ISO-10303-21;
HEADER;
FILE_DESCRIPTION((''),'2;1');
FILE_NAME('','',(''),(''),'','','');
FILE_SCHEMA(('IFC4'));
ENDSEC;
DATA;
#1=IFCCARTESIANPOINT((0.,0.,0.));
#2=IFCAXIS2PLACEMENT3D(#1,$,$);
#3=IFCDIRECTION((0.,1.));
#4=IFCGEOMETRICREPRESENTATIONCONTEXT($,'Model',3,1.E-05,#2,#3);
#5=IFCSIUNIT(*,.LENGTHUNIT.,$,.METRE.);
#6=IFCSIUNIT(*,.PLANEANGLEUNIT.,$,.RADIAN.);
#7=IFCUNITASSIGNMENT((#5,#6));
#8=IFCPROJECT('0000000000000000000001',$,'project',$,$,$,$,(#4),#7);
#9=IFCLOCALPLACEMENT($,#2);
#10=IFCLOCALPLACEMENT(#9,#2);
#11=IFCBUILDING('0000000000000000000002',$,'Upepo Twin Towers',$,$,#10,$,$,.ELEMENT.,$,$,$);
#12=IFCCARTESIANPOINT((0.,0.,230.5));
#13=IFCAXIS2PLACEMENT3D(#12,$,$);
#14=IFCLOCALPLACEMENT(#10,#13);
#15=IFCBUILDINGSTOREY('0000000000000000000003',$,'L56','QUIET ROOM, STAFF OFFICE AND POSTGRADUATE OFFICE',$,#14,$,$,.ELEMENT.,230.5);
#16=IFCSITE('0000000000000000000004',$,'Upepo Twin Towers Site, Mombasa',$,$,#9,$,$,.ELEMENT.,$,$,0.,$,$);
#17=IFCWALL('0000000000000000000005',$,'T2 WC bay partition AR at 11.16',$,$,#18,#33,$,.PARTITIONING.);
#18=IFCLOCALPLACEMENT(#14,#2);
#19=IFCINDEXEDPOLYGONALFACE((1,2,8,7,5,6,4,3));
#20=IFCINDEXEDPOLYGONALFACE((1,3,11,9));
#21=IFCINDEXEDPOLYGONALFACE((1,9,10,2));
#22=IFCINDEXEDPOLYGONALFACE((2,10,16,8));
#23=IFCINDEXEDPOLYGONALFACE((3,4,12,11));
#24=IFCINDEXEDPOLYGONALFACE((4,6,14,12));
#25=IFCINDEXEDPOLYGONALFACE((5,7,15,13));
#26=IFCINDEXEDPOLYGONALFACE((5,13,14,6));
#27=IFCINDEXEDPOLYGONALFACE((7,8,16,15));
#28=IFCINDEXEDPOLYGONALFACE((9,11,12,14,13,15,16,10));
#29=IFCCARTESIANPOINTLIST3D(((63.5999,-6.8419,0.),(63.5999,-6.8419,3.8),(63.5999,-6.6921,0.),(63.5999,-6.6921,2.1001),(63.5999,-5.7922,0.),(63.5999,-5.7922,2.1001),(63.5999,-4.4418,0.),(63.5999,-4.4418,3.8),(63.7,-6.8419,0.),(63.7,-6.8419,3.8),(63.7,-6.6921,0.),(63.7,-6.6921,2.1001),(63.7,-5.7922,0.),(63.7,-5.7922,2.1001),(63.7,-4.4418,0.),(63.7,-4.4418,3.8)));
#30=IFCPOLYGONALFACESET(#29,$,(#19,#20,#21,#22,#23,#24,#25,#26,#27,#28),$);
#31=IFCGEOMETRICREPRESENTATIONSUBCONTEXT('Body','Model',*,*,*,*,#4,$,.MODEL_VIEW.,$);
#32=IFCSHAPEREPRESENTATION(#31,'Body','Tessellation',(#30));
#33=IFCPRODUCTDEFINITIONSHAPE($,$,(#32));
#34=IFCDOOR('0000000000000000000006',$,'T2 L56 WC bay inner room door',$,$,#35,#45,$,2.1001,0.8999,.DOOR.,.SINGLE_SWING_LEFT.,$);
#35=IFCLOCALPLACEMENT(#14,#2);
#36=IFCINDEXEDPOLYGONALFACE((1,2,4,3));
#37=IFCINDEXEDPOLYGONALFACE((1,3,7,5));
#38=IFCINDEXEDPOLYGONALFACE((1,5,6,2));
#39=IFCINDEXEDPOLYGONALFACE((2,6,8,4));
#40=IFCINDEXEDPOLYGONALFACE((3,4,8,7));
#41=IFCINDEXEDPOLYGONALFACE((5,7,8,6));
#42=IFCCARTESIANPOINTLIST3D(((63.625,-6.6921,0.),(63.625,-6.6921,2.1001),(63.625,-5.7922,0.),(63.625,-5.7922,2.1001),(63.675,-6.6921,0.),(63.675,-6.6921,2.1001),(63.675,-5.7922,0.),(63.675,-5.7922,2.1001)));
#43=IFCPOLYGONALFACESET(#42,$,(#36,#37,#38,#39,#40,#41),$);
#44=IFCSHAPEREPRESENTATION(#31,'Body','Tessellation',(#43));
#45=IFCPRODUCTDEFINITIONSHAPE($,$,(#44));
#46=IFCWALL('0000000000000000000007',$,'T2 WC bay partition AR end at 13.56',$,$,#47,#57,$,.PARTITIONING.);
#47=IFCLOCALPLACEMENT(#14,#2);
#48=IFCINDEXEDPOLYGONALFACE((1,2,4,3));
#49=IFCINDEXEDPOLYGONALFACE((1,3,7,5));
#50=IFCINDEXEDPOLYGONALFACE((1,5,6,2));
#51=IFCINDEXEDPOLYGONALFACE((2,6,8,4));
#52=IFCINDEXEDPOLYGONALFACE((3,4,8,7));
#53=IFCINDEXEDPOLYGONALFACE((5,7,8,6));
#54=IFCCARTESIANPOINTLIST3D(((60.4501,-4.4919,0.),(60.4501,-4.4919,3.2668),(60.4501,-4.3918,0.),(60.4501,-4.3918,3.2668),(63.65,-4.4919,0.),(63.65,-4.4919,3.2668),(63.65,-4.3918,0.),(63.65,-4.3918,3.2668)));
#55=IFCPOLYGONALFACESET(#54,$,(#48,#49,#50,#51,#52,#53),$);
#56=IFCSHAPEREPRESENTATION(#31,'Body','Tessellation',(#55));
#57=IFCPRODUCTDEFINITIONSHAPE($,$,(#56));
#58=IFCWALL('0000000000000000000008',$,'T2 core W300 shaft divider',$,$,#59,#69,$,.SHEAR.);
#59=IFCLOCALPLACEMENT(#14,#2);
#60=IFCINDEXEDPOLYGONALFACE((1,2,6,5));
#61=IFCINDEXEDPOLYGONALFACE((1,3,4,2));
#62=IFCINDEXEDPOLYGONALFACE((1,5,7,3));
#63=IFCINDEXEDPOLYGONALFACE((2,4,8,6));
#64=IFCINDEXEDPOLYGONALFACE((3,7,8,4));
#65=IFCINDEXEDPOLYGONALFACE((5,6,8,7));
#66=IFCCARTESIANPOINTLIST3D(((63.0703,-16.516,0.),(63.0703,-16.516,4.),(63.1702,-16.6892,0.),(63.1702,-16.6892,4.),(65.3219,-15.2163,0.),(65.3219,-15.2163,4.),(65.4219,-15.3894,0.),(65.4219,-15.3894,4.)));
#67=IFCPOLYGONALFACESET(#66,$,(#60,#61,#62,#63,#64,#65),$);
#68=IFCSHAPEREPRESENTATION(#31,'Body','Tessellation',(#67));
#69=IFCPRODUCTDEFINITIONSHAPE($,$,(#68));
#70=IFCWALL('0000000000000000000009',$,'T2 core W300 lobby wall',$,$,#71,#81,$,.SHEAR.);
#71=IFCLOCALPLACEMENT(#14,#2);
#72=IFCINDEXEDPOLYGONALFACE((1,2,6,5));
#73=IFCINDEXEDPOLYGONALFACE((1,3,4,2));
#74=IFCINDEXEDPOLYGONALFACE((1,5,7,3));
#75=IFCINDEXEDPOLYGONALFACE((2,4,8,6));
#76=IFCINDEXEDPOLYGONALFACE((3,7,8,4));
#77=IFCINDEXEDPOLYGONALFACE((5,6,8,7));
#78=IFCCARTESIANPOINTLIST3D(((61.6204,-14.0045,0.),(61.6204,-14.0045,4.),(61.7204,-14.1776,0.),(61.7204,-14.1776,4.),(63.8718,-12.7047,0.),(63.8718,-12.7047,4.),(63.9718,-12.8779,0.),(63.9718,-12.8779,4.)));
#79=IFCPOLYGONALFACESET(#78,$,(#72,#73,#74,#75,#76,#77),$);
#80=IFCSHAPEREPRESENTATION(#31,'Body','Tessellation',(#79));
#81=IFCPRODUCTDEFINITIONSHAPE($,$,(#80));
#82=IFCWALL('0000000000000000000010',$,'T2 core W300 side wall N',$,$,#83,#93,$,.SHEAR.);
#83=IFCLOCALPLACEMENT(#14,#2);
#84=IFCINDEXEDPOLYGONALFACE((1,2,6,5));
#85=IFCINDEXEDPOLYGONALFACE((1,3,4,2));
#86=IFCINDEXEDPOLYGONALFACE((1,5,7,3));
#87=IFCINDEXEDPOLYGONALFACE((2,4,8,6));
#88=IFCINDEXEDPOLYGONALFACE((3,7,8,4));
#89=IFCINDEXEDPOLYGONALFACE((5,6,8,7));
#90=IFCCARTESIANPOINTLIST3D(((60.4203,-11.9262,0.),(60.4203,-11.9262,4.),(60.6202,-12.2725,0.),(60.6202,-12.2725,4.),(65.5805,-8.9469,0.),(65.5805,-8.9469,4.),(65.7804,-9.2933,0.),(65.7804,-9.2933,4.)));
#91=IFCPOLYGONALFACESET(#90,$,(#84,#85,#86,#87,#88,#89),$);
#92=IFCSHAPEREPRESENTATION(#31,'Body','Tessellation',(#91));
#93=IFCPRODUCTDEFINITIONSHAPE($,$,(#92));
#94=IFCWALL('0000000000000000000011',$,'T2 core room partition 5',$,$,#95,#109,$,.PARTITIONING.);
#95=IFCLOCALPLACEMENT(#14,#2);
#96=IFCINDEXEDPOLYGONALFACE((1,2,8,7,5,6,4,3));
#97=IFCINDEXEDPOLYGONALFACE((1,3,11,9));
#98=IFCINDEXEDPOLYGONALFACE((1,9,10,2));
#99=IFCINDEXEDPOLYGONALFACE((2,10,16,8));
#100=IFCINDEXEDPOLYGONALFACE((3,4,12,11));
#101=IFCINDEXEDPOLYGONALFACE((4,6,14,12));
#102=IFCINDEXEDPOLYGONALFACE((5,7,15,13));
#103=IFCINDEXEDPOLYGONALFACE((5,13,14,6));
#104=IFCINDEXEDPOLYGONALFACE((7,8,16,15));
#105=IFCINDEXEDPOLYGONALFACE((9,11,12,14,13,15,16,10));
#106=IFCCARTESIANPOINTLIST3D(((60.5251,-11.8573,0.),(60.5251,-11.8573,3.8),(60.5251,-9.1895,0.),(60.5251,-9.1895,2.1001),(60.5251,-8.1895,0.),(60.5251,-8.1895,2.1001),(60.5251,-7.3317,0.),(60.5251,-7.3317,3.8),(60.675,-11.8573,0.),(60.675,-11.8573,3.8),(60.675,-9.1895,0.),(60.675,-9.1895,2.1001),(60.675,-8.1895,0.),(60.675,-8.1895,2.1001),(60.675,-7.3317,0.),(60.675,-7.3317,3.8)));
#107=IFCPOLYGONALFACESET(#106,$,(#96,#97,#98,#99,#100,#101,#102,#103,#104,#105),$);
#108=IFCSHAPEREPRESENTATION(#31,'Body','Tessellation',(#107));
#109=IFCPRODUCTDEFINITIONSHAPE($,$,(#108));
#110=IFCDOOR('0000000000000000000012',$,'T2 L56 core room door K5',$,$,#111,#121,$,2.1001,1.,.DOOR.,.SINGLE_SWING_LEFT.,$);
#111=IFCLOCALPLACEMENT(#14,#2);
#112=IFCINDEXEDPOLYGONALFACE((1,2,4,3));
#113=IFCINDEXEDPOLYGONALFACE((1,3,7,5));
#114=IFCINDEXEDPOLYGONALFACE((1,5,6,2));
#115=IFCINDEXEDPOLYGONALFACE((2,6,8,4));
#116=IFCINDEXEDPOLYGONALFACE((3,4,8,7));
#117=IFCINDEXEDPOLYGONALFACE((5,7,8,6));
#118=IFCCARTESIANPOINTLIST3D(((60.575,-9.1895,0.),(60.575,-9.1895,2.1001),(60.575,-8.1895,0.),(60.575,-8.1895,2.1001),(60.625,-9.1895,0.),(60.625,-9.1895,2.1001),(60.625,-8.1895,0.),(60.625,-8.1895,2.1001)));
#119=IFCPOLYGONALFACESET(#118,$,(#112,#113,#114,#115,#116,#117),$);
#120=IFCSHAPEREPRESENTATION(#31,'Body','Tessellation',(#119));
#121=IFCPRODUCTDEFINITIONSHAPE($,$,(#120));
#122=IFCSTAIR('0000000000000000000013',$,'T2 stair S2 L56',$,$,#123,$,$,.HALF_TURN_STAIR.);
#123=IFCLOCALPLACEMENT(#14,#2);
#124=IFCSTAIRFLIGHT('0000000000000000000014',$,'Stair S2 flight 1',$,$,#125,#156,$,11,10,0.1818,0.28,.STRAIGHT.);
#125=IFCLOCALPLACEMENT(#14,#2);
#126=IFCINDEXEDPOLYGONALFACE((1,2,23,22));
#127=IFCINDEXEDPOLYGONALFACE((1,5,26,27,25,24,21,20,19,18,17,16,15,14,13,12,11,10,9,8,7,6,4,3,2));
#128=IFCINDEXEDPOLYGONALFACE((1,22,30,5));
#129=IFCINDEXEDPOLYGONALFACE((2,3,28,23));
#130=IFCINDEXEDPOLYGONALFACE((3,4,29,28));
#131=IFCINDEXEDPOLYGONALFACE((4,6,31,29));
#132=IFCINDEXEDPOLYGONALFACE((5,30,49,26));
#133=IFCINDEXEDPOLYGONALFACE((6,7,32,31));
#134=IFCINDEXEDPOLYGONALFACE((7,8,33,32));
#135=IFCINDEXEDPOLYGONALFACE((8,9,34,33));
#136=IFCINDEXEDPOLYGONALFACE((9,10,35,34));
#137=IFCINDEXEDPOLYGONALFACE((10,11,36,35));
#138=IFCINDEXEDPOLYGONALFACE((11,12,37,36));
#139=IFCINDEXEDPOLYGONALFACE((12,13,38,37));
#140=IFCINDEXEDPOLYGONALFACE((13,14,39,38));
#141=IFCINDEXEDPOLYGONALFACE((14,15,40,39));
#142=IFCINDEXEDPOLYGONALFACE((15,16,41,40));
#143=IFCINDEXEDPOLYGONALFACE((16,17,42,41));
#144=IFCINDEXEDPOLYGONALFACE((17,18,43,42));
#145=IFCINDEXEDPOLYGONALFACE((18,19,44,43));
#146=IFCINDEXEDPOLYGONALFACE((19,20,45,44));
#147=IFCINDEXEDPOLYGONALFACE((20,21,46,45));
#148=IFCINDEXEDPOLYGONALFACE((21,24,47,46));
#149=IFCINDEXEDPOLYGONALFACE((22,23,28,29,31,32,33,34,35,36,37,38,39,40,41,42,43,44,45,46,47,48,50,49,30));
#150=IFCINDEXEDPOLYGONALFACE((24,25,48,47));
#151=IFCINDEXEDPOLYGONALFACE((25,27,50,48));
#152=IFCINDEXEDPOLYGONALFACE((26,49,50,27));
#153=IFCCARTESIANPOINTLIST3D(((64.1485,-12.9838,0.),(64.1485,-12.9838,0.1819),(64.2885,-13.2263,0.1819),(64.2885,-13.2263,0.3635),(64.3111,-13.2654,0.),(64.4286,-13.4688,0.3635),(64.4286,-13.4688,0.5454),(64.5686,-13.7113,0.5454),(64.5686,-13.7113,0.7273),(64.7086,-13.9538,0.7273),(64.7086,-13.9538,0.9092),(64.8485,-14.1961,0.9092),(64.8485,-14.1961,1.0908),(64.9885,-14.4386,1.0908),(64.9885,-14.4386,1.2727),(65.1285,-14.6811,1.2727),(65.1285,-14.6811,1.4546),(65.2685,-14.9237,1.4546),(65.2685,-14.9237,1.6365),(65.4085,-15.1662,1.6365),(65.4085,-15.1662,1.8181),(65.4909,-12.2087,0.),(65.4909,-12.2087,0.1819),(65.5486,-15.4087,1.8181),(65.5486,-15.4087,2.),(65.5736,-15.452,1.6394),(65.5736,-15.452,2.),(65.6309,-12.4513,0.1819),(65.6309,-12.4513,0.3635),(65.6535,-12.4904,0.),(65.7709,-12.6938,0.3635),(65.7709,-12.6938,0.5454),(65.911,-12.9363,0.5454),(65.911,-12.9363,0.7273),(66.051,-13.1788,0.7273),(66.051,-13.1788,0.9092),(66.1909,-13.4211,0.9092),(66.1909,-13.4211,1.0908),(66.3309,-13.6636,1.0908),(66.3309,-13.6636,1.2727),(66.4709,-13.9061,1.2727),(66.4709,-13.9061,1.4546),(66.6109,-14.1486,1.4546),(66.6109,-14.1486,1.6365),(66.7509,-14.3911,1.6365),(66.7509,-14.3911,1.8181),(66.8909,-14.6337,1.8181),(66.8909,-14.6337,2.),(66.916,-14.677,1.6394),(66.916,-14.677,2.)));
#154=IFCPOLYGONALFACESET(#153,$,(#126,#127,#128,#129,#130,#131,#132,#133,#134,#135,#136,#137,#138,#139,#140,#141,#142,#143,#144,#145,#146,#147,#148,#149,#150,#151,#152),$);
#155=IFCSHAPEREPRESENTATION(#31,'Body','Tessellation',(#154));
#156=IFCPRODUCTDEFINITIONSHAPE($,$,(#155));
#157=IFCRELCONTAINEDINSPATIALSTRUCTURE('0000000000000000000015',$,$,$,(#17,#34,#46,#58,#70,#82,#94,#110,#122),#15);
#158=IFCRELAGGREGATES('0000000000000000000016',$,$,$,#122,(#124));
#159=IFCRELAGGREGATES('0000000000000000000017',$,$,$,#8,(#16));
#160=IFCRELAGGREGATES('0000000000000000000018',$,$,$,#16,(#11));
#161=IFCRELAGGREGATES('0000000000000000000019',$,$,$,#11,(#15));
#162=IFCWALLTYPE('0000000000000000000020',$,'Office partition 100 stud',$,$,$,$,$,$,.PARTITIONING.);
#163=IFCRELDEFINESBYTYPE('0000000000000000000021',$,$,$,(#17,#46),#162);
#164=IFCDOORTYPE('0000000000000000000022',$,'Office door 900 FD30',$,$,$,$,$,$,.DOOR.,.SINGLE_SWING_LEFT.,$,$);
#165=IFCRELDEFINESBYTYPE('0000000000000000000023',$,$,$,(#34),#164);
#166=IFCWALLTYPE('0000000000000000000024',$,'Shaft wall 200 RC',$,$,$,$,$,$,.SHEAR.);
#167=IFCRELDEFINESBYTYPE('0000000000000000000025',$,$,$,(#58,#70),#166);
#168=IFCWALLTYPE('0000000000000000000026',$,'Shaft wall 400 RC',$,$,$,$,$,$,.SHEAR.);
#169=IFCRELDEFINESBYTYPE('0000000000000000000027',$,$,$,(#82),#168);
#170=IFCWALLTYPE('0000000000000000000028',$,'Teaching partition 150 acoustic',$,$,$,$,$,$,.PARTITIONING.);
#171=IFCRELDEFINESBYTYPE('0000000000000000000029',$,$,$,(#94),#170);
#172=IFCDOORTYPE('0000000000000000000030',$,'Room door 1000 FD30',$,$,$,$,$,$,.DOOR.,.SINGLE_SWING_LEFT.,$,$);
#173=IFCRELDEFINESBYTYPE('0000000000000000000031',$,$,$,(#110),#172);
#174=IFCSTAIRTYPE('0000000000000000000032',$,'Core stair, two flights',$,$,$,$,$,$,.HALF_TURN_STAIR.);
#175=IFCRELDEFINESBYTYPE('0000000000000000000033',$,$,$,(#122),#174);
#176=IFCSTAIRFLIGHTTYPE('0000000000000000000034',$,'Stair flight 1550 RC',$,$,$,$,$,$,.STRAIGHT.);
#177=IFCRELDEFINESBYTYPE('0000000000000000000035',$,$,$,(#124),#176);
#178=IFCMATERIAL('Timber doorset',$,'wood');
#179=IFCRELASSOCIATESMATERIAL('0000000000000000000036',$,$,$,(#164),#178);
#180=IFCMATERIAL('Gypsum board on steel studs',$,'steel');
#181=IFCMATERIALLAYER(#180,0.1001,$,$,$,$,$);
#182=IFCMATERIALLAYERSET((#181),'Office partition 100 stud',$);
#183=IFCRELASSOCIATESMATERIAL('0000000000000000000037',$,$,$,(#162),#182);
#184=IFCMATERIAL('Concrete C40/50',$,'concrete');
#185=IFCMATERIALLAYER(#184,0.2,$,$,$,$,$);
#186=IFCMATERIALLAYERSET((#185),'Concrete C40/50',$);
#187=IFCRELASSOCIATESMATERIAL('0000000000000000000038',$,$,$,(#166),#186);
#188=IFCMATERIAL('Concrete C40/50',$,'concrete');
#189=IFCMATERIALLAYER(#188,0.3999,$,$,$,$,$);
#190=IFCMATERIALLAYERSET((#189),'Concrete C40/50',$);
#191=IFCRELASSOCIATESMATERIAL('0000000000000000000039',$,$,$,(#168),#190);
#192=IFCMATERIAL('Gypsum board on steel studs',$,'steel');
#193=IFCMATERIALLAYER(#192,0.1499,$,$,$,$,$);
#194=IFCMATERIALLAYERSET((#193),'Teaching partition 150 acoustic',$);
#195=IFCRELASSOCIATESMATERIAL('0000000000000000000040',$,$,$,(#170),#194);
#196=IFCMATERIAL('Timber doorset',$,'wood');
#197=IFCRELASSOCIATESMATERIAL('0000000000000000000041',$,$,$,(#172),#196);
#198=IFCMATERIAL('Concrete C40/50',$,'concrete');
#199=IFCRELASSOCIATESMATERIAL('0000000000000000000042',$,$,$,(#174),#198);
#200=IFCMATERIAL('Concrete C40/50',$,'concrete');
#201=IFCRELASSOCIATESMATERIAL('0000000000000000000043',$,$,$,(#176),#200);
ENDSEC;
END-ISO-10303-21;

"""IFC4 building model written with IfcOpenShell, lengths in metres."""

from ifc_helpers import new_model, si_unit, direction, frame, frame_2d, origin, place, context, subcontext, project, spatial, polyline, rectangle, outline, extrude, material, layer, layer_set, type_object, element, fill, aggregate, save


model = new_model("IFC4")

# Units and contexts
model_context = context("Model", 3, precision=1e-05, world=origin(), true_north=direction((0.0, 1.0)))
body_context = subcontext(model_context, "Body", "Model", "MODEL_VIEW")
ifc_project = project(units=[si_unit("LENGTHUNIT", "METRE"), si_unit("PLANEANGLEUNIT", "RADIAN")], contexts=[model_context])

# Site, building, storey
site_placement = place(None, origin())
site = spatial("IfcSite", under=ifc_project, at=site_placement, Name="Upepo Twin Towers Site, Mombasa", CompositionType="ELEMENT", RefElevation=0.0)
building_placement = place(site_placement, origin())
building = spatial("IfcBuilding", under=site, at=building_placement, Name="Upepo Twin Towers", CompositionType="ELEMENT")
storey_placement = place(building_placement, frame((0.0, 0.0, 230.5)))
storey = spatial("IfcBuildingStorey", under=building, at=storey_placement, Name="L56", Description="QUIET ROOM, STAFF OFFICE AND POSTGRADUATE OFFICE", CompositionType="ELEMENT", Elevation=230.5)

# Shared definitions
ifc_material_1 = material(Name="Timber doorset", Category="wood")
door_type_1 = type_object("IfcDoorType", Name="Office door 900 FD30", OperationType="SINGLE_SWING_LEFT", PredefinedType="DOOR", material=ifc_material_1)

# Shared definitions
ifc_material_2 = material(Name="Gypsum board on steel studs", Category="steel")
ifc_layer_1 = layer(ifc_material_2, 0.1001)
ifc_layer_set_1 = layer_set([ifc_layer_1], Name="Office partition 100 stud")
wall_type_1 = type_object("IfcWallType", Name="Office partition 100 stud", PredefinedType="PARTITIONING", material=ifc_layer_set_1)

# Wall, opening, door
wall_1_placement = place(storey_placement, frame((63.6499, -6.842, 0.0), z_axis=(0.0, 0.0, 1.0), x_axis=(0.0, 1.0, 0.0)))
wall_1 = element("IfcWall", 1, at=wall_1_placement, inside=storey, type_object=wall_type_1, Name="T2 WC bay partition AR at 11.16", PredefinedType="PARTITIONING", context=body_context, shape_type="SweptSolid", body=[
    extrude(rectangle(XDim=2.4001, YDim=0.1001, at=frame_2d((1.2002, 0.0))), origin(), (0.0, 0.0, 1.0), 3.8),
])
opening_1_placement = place(wall_1_placement, frame((0.1499, 0.0, 0.0)))
opening_1 = element("IfcOpeningElement", 2, at=opening_1_placement, cuts=wall_1, PredefinedType="OPENING", context=body_context, shape_type="SweptSolid", body=[
    extrude(rectangle(XDim=0.8999, YDim=2.1001, at=frame_2d((0.45, 1.05))), frame((0.0, 0.0601, 0.0), z_axis=(0.0, -1.0, 0.0), x_axis=(1.0, 0.0, 0.0)), (0.0, 0.0, 1.0), 0.1201),
])
door_1_placement = place(opening_1_placement, origin())
door_1 = element("IfcDoor", 3, at=door_1_placement, inside=storey, type_object=door_type_1, Name="T2 L56 WC bay inner room door", OperationType="SINGLE_SWING_LEFT", OverallHeight=2.1001, OverallWidth=0.8999, PredefinedType="DOOR", context=body_context, shape_type="SweptSolid", body=[
    extrude(rectangle(XDim=0.8999, YDim=2.1001, at=frame_2d((0.45, 1.05))), frame((0.0, 0.0249, 0.0), z_axis=(0.0, -1.0, 0.0), x_axis=(1.0, 0.0, 0.0)), (0.0, 0.0, 1.0), 0.05),
])
fill(opening_1, door_1)

# Walls
wall_2_placement = place(storey_placement, frame((60.45, -4.4419, 0.0), z_axis=(0.0, 0.0, 1.0), x_axis=(1.0, 0.0, 0.0)))
element("IfcWall", 4, at=wall_2_placement, inside=storey, type_object=wall_type_1, Name="T2 WC bay partition AR end at 13.56", PredefinedType="PARTITIONING", context=body_context, shape_type="SweptSolid", body=[
    extrude(rectangle(XDim=3.2, YDim=0.1001, at=frame_2d((1.6001, 0.0))), origin(), (0.0, 0.0, 1.0), 3.2668),
])
ifc_material_3 = material(Name="Concrete C40/50", Category="concrete")
ifc_layer_2 = layer(ifc_material_3, 0.2)
ifc_layer_set_2 = layer_set([ifc_layer_2], Name="Concrete C40/50")
wall_type_2 = type_object("IfcWallType", Name="Shaft wall 200 RC", PredefinedType="SHEAR", material=ifc_layer_set_2)
wall_3_placement = place(storey_placement, frame((63.1204, -16.6025, 0.0), z_axis=(0.0, 0.0, 1.0), x_axis=(0.866062, 0.499937, 0.0)))
element("IfcWall", 5, at=wall_3_placement, inside=storey, type_object=wall_type_2, Name="T2 core W300 shaft divider", PredefinedType="SHEAR", context=body_context, shape_type="SweptSolid", body=[
    extrude(rectangle(XDim=2.5999, YDim=0.2, at=frame_2d((1.2998, 0.0))), origin(), (0.0, 0.0, 1.0), 4.0),
])
wall_4_placement = place(storey_placement, frame((61.6704, -14.0911, 0.0), z_axis=(0.0, 0.0, 1.0), x_axis=(0.866039, 0.499977, 0.0)))
element("IfcWall", 6, at=wall_4_placement, inside=storey, type_object=wall_type_2, Name="T2 core W300 lobby wall", PredefinedType="SHEAR", context=body_context, shape_type="SweptSolid", body=[
    extrude(rectangle(XDim=2.5996, YDim=0.2, at=frame_2d((1.2998, 0.0))), origin(), (0.0, 0.0, 1.0), 4.0),
])
ifc_material_4 = material(Name="Concrete C40/50", Category="concrete")
ifc_layer_3 = layer(ifc_material_4, 0.3999)
ifc_layer_set_3 = layer_set([ifc_layer_3], Name="Concrete C40/50")
wall_type_3 = type_object("IfcWallType", Name="Shaft wall 400 RC", PredefinedType="SHEAR", material=ifc_layer_set_3)
wall_5_placement = place(storey_placement, frame((60.5203, -12.0994, 0.0), z_axis=(0.0, 0.0, 1.0), x_axis=(0.866023, 0.500004, 0.0)))
element("IfcWall", 7, at=wall_5_placement, inside=storey, type_object=wall_type_3, Name="T2 core W300 side wall N", PredefinedType="SHEAR", context=body_context, shape_type="SweptSolid", body=[
    extrude(rectangle(XDim=5.9585, YDim=0.3999, at=frame_2d((2.9792, 0.0))), origin(), (0.0, 0.0, 1.0), 4.0),
])

# Wall, opening, door
ifc_material_5 = material(Name="Gypsum board on steel studs", Category="steel")
ifc_layer_4 = layer(ifc_material_5, 0.1499)
ifc_layer_set_4 = layer_set([ifc_layer_4], Name="Teaching partition 150 acoustic")
wall_type_4 = type_object("IfcWallType", Name="Teaching partition 150 acoustic", PredefinedType="PARTITIONING", material=ifc_layer_set_4)
wall_6_placement = place(storey_placement, frame((60.6001, -7.3318, 0.0), z_axis=(0.0, 0.0, 1.0), x_axis=(0.0, -1.0, 0.0)))
wall_6 = element("IfcWall", 8, at=wall_6_placement, inside=storey, type_object=wall_type_4, Name="T2 core room partition 5", PredefinedType="PARTITIONING", context=body_context, shape_type="SweptSolid", body=[
    extrude(rectangle(XDim=4.5256, YDim=0.1499, at=frame_2d((2.2627, 0.0))), origin(), (0.0, 0.0, 1.0), 3.8),
])
opening_2_placement = place(wall_6_placement, frame((0.8577, 0.0, 0.0)))
opening_2 = element("IfcOpeningElement", 9, at=opening_2_placement, cuts=wall_6, PredefinedType="OPENING", context=body_context, shape_type="SweptSolid", body=[
    extrude(rectangle(XDim=1.0, YDim=2.1001, at=frame_2d((0.5, 1.05))), frame((0.0, 0.085, 0.0), z_axis=(0.0, -1.0, 0.0), x_axis=(1.0, 0.0, 0.0)), (0.0, 0.0, 1.0), 0.1699),
])
ifc_material_6 = material(Name="Timber doorset", Category="wood")
door_type_2 = type_object("IfcDoorType", Name="Room door 1000 FD30", OperationType="SINGLE_SWING_LEFT", PredefinedType="DOOR", material=ifc_material_6)
door_2_placement = place(opening_2_placement, origin())
door_2 = element("IfcDoor", 10, at=door_2_placement, inside=storey, type_object=door_type_2, Name="T2 L56 core room door K5", OperationType="SINGLE_SWING_LEFT", OverallHeight=2.1001, OverallWidth=1.0, PredefinedType="DOOR", context=body_context, shape_type="SweptSolid", body=[
    extrude(rectangle(XDim=1.0, YDim=2.1001, at=frame_2d((0.5, 1.05))), frame((0.0, 0.0249, 0.0), z_axis=(0.0, -1.0, 0.0), x_axis=(1.0, 0.0, 0.0)), (0.0, 0.0, 1.0), 0.05),
])
fill(opening_2, door_2)

# Stair, stair flight
ifc_material_7 = material(Name="Concrete C40/50", Category="concrete")
stair_type = type_object("IfcStairType", Name="Core stair, two flights", PredefinedType="HALF_TURN_STAIR", material=ifc_material_7)
stair_placement = place(storey_placement, origin())
stair = element("IfcStair", 11, at=stair_placement, inside=storey, type_object=stair_type, Name="T2 stair S2 L56", PredefinedType="HALF_TURN_STAIR")
ifc_material_8 = material(Name="Concrete C40/50", Category="concrete")
stair_flight_type = type_object("IfcStairFlightType", Name="Stair flight 1550 RC", PredefinedType="STRAIGHT", material=ifc_material_8)
stair_flight_1_placement = place(storey_placement, frame((64.8198, -12.5962, 0.0), z_axis=(0.0, 0.0, 1.0), x_axis=(0.5, -0.866025, 0.0)))
stair_flight_1 = element("IfcStairFlight", 12, at=stair_flight_1_placement, type_object=stair_flight_type, Name="Stair S2 flight 1", NumberOfRisers=11, NumberOfTreads=10, PredefinedType="STRAIGHT", RiserHeight=0.1818, TreadLength=0.28, context=body_context, shape_type="SweptSolid", body=[
    extrude(outline(polyline([(0.0, 0.0), (0.0, 0.1819), (0.28, 0.1819), (0.28, 0.3635), (0.5601, 0.3635), (0.5601, 0.5454), (0.8401, 0.5454), (0.8401, 0.7273), (1.1201, 0.7273), (1.1201, 0.9092), (1.3999, 0.9092), (1.3999, 1.0908), (1.6799, 1.0908), (1.6799, 1.2727), (1.96, 1.2727), (1.96, 1.4546), (2.24, 1.4546), (2.24, 1.6365), (2.52, 1.6365), (2.52, 1.8181), (2.8, 1.8181), (2.8, 2.0), (2.8501, 2.0), (2.8501, 1.6394), (0.3252, 0.0), (0.0, 0.0)])), frame((0.0, 0.7749, 0.0), z_axis=(0.0, -1.0, 0.0), x_axis=(1.0, 0.0, 0.0)), (0.0, 0.0, 1.0), 1.55),
])
aggregate(stair, [stair_flight_1])

save(model, "model.ifc")
